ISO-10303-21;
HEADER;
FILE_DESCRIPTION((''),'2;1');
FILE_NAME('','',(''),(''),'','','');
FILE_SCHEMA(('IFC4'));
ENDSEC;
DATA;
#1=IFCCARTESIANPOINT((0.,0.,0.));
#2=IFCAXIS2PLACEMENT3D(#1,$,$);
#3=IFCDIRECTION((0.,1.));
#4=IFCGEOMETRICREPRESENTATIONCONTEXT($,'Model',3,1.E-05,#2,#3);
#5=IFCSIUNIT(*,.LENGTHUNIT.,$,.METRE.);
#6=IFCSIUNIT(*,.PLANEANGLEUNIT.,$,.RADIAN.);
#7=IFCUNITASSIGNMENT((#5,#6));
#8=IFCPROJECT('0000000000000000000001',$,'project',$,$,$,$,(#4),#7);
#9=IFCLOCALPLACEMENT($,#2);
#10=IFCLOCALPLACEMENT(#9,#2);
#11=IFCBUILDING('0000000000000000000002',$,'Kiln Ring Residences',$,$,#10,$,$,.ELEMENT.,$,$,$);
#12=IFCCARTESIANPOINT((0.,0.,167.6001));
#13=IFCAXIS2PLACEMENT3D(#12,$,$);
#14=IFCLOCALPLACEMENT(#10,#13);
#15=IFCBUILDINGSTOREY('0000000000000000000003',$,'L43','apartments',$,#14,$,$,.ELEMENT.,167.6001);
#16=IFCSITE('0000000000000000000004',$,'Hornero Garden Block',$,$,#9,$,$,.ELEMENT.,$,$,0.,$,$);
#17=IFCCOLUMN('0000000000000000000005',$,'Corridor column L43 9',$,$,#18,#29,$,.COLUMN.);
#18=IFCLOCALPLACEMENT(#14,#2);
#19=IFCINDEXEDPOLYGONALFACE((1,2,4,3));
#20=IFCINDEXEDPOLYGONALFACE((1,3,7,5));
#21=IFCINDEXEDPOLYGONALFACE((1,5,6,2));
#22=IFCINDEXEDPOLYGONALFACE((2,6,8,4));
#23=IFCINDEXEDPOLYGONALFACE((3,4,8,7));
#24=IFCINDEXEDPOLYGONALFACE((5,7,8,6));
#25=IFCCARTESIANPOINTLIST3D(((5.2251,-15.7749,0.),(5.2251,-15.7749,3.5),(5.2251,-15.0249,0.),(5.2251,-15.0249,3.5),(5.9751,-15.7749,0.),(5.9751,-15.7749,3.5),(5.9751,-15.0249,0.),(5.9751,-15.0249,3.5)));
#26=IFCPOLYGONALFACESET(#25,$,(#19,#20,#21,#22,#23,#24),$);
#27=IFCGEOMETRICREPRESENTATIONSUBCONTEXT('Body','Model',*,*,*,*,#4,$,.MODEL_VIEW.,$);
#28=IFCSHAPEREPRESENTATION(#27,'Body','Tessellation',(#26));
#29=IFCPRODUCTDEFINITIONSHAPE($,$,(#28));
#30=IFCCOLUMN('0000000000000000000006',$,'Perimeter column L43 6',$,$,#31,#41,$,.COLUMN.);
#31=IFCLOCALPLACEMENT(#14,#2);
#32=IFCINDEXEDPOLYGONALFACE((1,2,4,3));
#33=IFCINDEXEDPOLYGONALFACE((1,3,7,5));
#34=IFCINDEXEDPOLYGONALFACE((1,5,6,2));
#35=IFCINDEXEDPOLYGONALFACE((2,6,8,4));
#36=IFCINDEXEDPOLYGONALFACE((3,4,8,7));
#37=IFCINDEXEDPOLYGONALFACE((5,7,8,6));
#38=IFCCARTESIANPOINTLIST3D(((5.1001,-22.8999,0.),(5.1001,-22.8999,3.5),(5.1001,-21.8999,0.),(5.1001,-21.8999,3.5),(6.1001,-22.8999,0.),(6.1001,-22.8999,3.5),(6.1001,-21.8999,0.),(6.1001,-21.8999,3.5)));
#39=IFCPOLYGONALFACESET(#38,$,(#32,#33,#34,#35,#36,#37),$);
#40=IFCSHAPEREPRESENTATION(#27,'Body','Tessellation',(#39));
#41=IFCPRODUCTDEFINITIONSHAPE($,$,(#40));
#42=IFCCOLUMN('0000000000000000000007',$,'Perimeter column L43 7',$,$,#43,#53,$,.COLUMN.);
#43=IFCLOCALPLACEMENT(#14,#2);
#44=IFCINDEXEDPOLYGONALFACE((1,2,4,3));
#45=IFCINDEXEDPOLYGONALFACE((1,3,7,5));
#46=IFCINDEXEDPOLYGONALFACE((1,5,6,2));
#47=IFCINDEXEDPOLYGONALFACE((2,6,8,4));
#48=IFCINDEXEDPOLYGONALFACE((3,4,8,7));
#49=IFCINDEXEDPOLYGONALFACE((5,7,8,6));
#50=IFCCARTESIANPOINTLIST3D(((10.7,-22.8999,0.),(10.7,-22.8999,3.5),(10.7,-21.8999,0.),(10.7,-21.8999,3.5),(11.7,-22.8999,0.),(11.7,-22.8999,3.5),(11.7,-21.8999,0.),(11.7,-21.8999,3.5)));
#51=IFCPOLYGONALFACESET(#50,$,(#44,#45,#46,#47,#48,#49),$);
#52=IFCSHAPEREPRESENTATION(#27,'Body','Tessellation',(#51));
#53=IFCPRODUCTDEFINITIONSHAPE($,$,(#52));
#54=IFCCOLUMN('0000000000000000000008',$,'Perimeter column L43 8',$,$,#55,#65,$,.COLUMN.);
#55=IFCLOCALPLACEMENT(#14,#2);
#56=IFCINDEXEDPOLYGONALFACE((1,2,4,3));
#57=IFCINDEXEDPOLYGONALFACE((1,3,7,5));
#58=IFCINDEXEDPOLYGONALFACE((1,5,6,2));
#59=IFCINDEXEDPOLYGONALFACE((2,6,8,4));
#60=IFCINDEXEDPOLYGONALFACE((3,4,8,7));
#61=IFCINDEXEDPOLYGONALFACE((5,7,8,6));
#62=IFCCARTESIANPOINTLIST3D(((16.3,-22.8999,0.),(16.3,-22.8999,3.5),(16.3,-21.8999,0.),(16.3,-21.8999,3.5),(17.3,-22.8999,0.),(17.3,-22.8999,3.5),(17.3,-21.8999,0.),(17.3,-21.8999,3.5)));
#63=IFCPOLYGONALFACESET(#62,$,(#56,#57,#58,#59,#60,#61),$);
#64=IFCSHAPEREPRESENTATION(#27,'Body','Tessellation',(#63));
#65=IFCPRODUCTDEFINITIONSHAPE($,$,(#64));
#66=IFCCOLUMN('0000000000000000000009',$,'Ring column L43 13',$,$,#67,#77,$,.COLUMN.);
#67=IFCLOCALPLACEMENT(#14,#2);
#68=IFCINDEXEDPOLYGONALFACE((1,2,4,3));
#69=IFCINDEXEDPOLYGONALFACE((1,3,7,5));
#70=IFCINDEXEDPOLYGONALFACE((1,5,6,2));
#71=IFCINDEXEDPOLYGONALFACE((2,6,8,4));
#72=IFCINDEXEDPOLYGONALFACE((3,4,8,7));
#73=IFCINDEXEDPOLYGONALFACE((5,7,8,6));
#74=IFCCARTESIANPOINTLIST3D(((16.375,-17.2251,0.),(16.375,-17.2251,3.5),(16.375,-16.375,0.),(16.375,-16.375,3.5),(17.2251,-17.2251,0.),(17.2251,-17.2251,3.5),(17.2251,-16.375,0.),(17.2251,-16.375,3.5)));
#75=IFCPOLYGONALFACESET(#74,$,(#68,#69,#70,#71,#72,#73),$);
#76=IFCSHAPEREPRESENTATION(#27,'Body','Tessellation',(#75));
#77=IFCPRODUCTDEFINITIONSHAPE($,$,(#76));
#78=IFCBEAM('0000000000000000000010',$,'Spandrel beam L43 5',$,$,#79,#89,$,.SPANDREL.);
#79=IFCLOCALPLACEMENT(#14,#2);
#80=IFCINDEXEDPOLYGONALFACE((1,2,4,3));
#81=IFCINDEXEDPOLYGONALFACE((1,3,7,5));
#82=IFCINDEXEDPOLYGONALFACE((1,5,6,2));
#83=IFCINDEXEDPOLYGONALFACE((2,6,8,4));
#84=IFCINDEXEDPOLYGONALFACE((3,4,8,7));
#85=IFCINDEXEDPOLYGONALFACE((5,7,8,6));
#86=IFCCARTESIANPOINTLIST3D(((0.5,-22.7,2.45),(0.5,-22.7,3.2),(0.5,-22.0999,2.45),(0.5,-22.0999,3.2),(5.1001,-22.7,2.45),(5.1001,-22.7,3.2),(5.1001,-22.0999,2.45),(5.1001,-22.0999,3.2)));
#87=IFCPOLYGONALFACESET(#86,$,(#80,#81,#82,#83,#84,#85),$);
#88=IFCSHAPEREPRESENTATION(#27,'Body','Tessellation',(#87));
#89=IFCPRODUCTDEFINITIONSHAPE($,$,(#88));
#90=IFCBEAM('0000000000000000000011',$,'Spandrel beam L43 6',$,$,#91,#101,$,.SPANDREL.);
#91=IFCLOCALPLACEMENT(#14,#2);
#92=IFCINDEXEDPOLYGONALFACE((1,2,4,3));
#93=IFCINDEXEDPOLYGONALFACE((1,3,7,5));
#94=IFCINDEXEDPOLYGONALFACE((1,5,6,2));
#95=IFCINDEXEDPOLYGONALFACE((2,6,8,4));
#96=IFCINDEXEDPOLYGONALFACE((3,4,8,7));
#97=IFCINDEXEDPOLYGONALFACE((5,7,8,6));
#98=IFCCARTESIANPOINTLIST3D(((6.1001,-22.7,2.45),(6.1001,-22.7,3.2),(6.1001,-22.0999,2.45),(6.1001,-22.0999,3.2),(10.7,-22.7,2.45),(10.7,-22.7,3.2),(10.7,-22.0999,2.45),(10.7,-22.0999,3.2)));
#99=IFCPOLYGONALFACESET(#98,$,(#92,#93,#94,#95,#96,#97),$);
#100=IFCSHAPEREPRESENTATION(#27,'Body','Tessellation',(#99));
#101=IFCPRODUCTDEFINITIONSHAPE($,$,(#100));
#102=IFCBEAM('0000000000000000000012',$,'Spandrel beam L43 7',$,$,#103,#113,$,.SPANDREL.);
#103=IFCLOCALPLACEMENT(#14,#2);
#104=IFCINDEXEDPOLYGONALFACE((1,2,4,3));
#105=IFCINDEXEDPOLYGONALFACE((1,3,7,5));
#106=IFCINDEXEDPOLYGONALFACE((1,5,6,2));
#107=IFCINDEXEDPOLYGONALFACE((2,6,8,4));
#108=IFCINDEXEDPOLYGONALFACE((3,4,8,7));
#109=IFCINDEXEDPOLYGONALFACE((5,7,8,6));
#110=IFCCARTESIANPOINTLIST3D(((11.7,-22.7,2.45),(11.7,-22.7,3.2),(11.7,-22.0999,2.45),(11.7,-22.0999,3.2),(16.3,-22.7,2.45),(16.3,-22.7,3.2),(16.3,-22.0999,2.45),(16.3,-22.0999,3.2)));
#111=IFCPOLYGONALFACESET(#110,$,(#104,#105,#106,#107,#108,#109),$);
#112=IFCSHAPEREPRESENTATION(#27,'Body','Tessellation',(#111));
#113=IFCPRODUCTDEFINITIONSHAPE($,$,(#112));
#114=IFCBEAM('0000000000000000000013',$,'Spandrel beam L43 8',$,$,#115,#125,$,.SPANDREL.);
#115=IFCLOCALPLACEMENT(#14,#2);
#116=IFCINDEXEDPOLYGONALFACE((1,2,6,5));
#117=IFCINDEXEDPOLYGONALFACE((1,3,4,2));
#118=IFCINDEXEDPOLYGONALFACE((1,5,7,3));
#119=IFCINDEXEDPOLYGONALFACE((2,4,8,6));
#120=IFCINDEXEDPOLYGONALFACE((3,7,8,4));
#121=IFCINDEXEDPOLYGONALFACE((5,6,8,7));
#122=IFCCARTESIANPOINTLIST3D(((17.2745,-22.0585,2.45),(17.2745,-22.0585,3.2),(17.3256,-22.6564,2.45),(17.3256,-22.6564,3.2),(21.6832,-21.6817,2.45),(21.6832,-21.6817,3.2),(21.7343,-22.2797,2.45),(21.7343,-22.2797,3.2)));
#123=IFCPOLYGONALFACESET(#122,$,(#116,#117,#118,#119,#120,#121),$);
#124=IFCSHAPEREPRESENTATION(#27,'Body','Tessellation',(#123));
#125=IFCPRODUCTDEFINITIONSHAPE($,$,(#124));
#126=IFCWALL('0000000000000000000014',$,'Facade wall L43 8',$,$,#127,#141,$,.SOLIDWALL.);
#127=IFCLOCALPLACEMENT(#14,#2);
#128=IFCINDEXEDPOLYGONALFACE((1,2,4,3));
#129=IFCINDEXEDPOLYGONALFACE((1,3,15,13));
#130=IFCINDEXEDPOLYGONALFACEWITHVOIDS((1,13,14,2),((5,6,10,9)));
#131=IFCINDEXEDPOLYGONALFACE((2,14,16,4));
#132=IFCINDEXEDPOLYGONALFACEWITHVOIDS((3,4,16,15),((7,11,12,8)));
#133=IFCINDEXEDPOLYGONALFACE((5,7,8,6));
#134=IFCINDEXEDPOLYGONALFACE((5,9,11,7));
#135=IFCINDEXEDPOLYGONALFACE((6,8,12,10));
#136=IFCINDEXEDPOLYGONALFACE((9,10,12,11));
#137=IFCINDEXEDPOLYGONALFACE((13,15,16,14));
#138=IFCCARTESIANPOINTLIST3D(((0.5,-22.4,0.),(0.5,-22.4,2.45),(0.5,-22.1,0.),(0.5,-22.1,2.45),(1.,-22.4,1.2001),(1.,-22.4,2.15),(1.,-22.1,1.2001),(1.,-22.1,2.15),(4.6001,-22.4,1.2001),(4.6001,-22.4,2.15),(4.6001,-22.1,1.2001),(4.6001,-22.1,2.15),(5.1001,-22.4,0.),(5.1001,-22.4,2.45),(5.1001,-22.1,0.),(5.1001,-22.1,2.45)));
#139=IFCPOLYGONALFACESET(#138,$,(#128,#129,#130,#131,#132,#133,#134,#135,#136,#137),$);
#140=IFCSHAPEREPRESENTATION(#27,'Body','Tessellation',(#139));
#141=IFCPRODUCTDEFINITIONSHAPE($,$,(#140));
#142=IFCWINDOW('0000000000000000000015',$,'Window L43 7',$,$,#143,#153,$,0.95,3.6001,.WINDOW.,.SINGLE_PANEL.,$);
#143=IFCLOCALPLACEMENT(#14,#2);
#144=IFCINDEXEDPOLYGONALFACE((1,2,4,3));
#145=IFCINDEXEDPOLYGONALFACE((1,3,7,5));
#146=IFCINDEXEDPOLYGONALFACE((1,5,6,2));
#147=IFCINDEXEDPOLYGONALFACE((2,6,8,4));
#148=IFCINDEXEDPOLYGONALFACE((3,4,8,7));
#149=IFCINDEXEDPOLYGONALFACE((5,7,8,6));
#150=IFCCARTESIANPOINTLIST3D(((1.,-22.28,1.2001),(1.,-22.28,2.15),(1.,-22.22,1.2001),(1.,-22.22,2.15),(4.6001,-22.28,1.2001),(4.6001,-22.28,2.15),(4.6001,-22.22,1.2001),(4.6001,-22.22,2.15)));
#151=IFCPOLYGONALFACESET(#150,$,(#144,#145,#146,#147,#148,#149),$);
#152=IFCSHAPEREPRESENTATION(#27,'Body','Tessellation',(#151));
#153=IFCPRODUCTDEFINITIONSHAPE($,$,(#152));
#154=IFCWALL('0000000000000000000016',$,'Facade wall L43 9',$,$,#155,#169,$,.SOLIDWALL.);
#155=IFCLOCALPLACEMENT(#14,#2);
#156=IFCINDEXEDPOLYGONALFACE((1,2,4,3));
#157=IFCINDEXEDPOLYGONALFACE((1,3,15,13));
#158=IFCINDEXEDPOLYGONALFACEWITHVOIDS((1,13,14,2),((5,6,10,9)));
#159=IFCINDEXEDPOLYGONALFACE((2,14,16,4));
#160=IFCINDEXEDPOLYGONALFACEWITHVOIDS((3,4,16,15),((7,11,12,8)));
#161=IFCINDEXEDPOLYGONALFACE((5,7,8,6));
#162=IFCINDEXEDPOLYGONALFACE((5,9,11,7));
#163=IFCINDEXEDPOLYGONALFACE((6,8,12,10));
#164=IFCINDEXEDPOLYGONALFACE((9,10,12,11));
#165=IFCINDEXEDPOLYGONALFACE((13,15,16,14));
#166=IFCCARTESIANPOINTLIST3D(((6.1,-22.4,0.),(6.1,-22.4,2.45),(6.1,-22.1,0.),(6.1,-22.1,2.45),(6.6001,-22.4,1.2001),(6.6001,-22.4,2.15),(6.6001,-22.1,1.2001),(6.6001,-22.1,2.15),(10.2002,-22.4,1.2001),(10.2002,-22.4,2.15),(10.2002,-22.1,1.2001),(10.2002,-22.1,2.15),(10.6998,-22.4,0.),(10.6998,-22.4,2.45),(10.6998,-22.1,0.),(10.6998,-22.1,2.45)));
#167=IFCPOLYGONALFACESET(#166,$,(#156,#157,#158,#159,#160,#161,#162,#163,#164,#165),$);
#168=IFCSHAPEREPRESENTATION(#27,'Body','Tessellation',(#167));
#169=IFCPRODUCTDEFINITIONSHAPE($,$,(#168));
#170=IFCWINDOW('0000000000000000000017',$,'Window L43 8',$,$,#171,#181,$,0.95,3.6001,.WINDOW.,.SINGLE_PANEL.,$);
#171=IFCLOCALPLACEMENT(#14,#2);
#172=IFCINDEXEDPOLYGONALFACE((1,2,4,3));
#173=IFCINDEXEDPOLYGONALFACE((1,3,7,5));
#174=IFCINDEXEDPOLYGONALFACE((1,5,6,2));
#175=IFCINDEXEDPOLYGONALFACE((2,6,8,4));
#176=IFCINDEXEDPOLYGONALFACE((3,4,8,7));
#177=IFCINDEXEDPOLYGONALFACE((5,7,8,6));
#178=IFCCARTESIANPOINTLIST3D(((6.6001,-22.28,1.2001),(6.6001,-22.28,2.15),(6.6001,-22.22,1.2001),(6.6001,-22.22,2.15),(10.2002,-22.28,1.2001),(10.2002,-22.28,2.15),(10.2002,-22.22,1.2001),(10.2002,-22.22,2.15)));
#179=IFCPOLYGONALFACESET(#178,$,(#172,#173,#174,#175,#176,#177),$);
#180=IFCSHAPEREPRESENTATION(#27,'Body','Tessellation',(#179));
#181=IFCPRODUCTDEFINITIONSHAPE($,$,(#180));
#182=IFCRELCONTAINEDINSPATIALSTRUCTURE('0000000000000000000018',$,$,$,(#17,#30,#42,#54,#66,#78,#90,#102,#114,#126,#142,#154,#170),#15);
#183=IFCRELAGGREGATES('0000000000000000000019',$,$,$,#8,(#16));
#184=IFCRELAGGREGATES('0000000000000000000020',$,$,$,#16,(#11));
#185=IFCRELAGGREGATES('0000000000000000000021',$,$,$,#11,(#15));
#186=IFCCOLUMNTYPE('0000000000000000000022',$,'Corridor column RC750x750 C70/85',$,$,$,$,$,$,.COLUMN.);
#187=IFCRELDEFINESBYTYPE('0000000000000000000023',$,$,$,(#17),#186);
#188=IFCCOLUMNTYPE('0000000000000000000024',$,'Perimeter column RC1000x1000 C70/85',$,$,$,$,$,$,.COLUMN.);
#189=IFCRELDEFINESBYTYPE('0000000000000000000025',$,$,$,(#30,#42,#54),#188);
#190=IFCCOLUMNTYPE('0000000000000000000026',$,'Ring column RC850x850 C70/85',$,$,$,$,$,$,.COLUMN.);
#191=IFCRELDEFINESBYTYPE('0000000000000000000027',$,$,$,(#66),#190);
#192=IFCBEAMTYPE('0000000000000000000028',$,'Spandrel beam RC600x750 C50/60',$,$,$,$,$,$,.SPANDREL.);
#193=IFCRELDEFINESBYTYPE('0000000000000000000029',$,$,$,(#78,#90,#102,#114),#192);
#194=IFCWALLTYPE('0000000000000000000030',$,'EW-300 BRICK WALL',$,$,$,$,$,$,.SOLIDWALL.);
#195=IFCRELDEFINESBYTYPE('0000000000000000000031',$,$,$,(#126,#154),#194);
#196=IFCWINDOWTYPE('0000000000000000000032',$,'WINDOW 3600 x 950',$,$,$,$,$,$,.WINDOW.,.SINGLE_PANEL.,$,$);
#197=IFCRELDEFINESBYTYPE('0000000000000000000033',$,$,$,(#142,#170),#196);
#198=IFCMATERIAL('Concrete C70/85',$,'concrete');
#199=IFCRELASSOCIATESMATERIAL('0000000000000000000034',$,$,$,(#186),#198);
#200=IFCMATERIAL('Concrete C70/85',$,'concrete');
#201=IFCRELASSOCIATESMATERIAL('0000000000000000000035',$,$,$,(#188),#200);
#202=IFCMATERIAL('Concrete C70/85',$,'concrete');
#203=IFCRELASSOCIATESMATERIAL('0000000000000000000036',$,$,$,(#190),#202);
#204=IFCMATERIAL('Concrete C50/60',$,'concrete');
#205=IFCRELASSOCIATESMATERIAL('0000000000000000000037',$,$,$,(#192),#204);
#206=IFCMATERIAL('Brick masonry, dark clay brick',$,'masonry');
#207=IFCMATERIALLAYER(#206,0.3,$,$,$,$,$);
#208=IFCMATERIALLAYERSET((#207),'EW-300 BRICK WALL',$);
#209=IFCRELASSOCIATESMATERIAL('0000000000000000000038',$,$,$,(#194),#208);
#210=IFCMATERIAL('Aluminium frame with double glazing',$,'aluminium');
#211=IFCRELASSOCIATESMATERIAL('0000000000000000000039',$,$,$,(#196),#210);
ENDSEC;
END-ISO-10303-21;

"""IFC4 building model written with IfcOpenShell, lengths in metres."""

from ifc_helpers import new_model, si_unit, direction, frame, frame_2d, origin, origin_2d, place, context, subcontext, project, spatial, rectangle, extrude, material, layer, layer_set, material_profile, profile_set, type_object, element, fill, save


model = new_model("IFC4")

# Units and contexts
model_context = context("Model", 3, precision=1e-05, world=origin(), true_north=direction((0.0, 1.0)))
body_context = subcontext(model_context, "Body", "Model", "MODEL_VIEW")
ifc_project = project(units=[si_unit("LENGTHUNIT", "METRE"), si_unit("PLANEANGLEUNIT", "RADIAN")], contexts=[model_context])

# Site, building, storey
site_placement = place(None, origin())
site = spatial("IfcSite", under=ifc_project, at=site_placement, Name="Hornero Garden Block", CompositionType="ELEMENT", RefElevation=0.0)
building_placement = place(site_placement, origin())
building = spatial("IfcBuilding", under=site, at=building_placement, Name="Kiln Ring Residences", CompositionType="ELEMENT")
storey_placement = place(building_placement, frame((0.0, 0.0, 167.6001)))
storey = spatial("IfcBuildingStorey", under=building, at=storey_placement, Name="L43", Description="apartments", CompositionType="ELEMENT", Elevation=167.6001)

# Columns
ifc_material_1 = material(Name="Concrete C70/85", Category="concrete")
ifc_material_profile_1 = material_profile(ifc_material_1, rectangle(XDim=0.75, YDim=0.75, at=origin_2d()), Name="RC750x750")
ifc_profile_set_1 = profile_set([ifc_material_profile_1], Name="Concrete C70/85")
column_type_1 = type_object("IfcColumnType", Name="Corridor column RC750x750 C70/85", PredefinedType="COLUMN", material=ifc_profile_set_1)
column_1_placement = place(storey_placement, frame((5.6001, -15.3999, 0.0), z_axis=(0.0, 0.0, 1.0), x_axis=(1.0, 0.0, 0.0)))
element("IfcColumn", 1, at=column_1_placement, inside=storey, type_object=column_type_1, Name="Corridor column L43 9", PredefinedType="COLUMN", context=body_context, shape_type="SweptSolid", body=[
    extrude(rectangle(XDim=0.75, YDim=0.75, at=origin_2d()), origin(), (0.0, 0.0, 1.0), 3.5),
])
ifc_material_2 = material(Name="Concrete C70/85", Category="concrete")
ifc_material_profile_2 = material_profile(ifc_material_2, rectangle(XDim=1.0, YDim=1.0, at=origin_2d()), Name="RC1000x1000")
ifc_profile_set_2 = profile_set([ifc_material_profile_2], Name="Concrete C70/85")
column_type_2 = type_object("IfcColumnType", Name="Perimeter column RC1000x1000 C70/85", PredefinedType="COLUMN", material=ifc_profile_set_2)
for number, where, z_axis, x_axis, name in (
    (2, (5.6001, -22.3999, 0.0), (0.0, 0.0, 1.0), (1.0, 0.0, 0.0), "Perimeter column L43 6"),
    (3, (11.2, -22.3999, 0.0), (0.0, 0.0, 1.0), (1.0, 0.0, 0.0), "Perimeter column L43 7"),
    (4, (16.8, -22.3999, 0.0), (0.0, 0.0, 1.0), (1.0, 0.0, 0.0), "Perimeter column L43 8"),
):
    element("IfcColumn", number, at=place(storey_placement, frame(where, z_axis=z_axis, x_axis=x_axis)), inside=storey, type_object=column_type_2, Name=name, PredefinedType="COLUMN", context=body_context, shape_type="SweptSolid", body=[
        extrude(rectangle(XDim=1.0, YDim=1.0, at=origin_2d()), origin(), (0.0, 0.0, 1.0), 3.5),
    ])
ifc_material_3 = material(Name="Concrete C70/85", Category="concrete")
ifc_material_profile_3 = material_profile(ifc_material_3, rectangle(XDim=0.8501, YDim=0.8501, at=origin_2d()), Name="RC850x850")
ifc_profile_set_3 = profile_set([ifc_material_profile_3], Name="Concrete C70/85")
column_type_3 = type_object("IfcColumnType", Name="Ring column RC850x850 C70/85", PredefinedType="COLUMN", material=ifc_profile_set_3)
column_2_placement = place(storey_placement, frame((16.8, -16.8, 0.0), z_axis=(0.0, 0.0, 1.0), x_axis=(1.0, 0.0, 0.0)))
element("IfcColumn", 5, at=column_2_placement, inside=storey, type_object=column_type_3, Name="Ring column L43 13", PredefinedType="COLUMN", context=body_context, shape_type="SweptSolid", body=[
    extrude(rectangle(XDim=0.8501, YDim=0.8501, at=origin_2d()), origin(), (0.0, 0.0, 1.0), 3.5),
])

# Beams
ifc_material_4 = material(Name="Concrete C50/60", Category="concrete")
ifc_material_profile_4 = material_profile(ifc_material_4, rectangle(XDim=0.6001, YDim=0.75, at=origin_2d()), Name="RC600x750")
ifc_profile_set_4 = profile_set([ifc_material_profile_4], Name="Concrete C50/60")
beam_type = type_object("IfcBeamType", Name="Spandrel beam RC600x750 C50/60", PredefinedType="SPANDREL", material=ifc_profile_set_4)
beam_1_placement = place(storey_placement, frame((0.5, -22.3999, 2.825), z_axis=(1.0, 0.0, 0.0), x_axis=(0.0, 1.0, 0.0)))
element("IfcBeam", 6, at=beam_1_placement, inside=storey, type_object=beam_type, Name="Spandrel beam L43 5", PredefinedType="SPANDREL", context=body_context, shape_type="SweptSolid", body=[
    extrude(rectangle(XDim=0.6001, YDim=0.75, at=origin_2d()), origin(), (0.0, 0.0, 1.0), 4.6001),
])
beam_2_placement = place(storey_placement, frame((6.1001, -22.3999, 2.825), z_axis=(1.0, 0.0, 0.0), x_axis=(0.0, 1.0, 0.0)))
element("IfcBeam", 7, at=beam_2_placement, inside=storey, type_object=beam_type, Name="Spandrel beam L43 6", PredefinedType="SPANDREL", context=body_context, shape_type="SweptSolid", body=[
    extrude(rectangle(XDim=0.6001, YDim=0.75, at=origin_2d()), origin(), (0.0, 0.0, 1.0), 4.5999),
])
beam_3_placement = place(storey_placement, frame((11.7, -22.3999, 2.825), z_axis=(1.0, 0.0, 0.0), x_axis=(0.0, 1.0, 0.0)))
element("IfcBeam", 8, at=beam_3_placement, inside=storey, type_object=beam_type, Name="Spandrel beam L43 7", PredefinedType="SPANDREL", context=body_context, shape_type="SweptSolid", body=[
    extrude(rectangle(XDim=0.6001, YDim=0.75, at=origin_2d()), origin(), (0.0, 0.0, 1.0), 4.6001),
])
beam_4_placement = place(storey_placement, frame((17.3, -22.3574, 2.825), z_axis=(0.996369, 0.085137, 0.0), x_axis=(-0.085137, 0.996369, 0.0)))
element("IfcBeam", 9, at=beam_4_placement, inside=storey, type_object=beam_type, Name="Spandrel beam L43 8", PredefinedType="SPANDREL", context=body_context, shape_type="SweptSolid", body=[
    extrude(rectangle(XDim=0.6001, YDim=0.75, at=origin_2d()), origin(), (0.0, 0.0, 1.0), 4.4248),
])

# Walls, openings, windows
ifc_material_5 = material(Name="Brick masonry, dark clay brick", Category="masonry")
ifc_layer_1 = layer(ifc_material_5, 0.3)
ifc_layer_set_1 = layer_set([ifc_layer_1], Name="EW-300 BRICK WALL")
wall_type_1 = type_object("IfcWallType", Name="EW-300 BRICK WALL", PredefinedType="SOLIDWALL", material=ifc_layer_set_1)
wall_1_placement = place(storey_placement, frame((0.5, -22.25, 0.0), z_axis=(0.0, 0.0, 1.0), x_axis=(1.0, 0.0, 0.0)))
wall_1 = element("IfcWall", 10, at=wall_1_placement, inside=storey, type_object=wall_type_1, Name="Facade wall L43 8", PredefinedType="SOLIDWALL", context=body_context, shape_type="SweptSolid", body=[
    extrude(rectangle(XDim=4.6001, YDim=0.3, at=frame_2d((2.3, 0.0))), origin(), (0.0, 0.0, 1.0), 2.45),
])
opening_1_placement = place(wall_1_placement, frame((0.5, 0.0, 1.2)))
opening_1 = element("IfcOpeningElement", 11, at=opening_1_placement, cuts=wall_1, PredefinedType="OPENING", context=body_context, shape_type="SweptSolid", body=[
    extrude(rectangle(XDim=3.6001, YDim=0.95, at=frame_2d((1.8, 0.4751))), frame((0.0, 0.1599, 0.0), z_axis=(0.0, -1.0, 0.0), x_axis=(1.0, 0.0, 0.0)), (0.0, 0.0, 1.0), 0.3201),
])
ifc_material_6 = material(Name="Aluminium frame with double glazing", Category="aluminium")
window_type = type_object("IfcWindowType", Name="WINDOW 3600 x 950", PartitioningType="SINGLE_PANEL", PredefinedType="WINDOW", material=ifc_material_6)
window_1_placement = place(opening_1_placement, origin())
window_1 = element("IfcWindow", 12, at=window_1_placement, inside=storey, type_object=window_type, Name="Window L43 7", OverallHeight=0.95, OverallWidth=3.6001, PartitioningType="SINGLE_PANEL", PredefinedType="WINDOW", context=body_context, shape_type="SweptSolid", body=[
    extrude(rectangle(XDim=3.6001, YDim=0.95, at=frame_2d((1.8, 0.4751))), frame((0.0, 0.03, 0.0), z_axis=(0.0, -1.0, 0.0), x_axis=(1.0, 0.0, 0.0)), (0.0, 0.0, 1.0), 0.0601),
])
fill(opening_1, window_1)
wall_2_placement = place(storey_placement, frame((6.1001, -22.25, 0.0), z_axis=(0.0, 0.0, 1.0), x_axis=(1.0, 0.0, 0.0)))
wall_2 = element("IfcWall", 13, at=wall_2_placement, inside=storey, type_object=wall_type_1, Name="Facade wall L43 9", PredefinedType="SOLIDWALL", context=body_context, shape_type="SweptSolid", body=[
    extrude(rectangle(XDim=4.5999, YDim=0.3, at=frame_2d((2.2998, 0.0))), origin(), (0.0, 0.0, 1.0), 2.45),
])
opening_2_placement = place(wall_2_placement, frame((0.5, 0.0, 1.2)))
opening_2 = element("IfcOpeningElement", 14, at=opening_2_placement, cuts=wall_2, PredefinedType="OPENING", context=body_context, shape_type="SweptSolid", body=[
    extrude(rectangle(XDim=3.6001, YDim=0.95, at=frame_2d((1.8, 0.4751))), frame((0.0, 0.1599, 0.0), z_axis=(0.0, -1.0, 0.0), x_axis=(1.0, 0.0, 0.0)), (0.0, 0.0, 1.0), 0.3201),
])
window_2_placement = place(opening_2_placement, origin())
window_2 = element("IfcWindow", 15, at=window_2_placement, inside=storey, type_object=window_type, Name="Window L43 8", OverallHeight=0.95, OverallWidth=3.6001, PartitioningType="SINGLE_PANEL", PredefinedType="WINDOW", context=body_context, shape_type="SweptSolid", body=[
    extrude(rectangle(XDim=3.6001, YDim=0.95, at=frame_2d((1.8, 0.4751))), frame((0.0, 0.03, 0.0), z_axis=(0.0, -1.0, 0.0), x_axis=(1.0, 0.0, 0.0)), (0.0, 0.0, 1.0), 0.0601),
])
fill(opening_2, window_2)

save(model, "model.ifc")
